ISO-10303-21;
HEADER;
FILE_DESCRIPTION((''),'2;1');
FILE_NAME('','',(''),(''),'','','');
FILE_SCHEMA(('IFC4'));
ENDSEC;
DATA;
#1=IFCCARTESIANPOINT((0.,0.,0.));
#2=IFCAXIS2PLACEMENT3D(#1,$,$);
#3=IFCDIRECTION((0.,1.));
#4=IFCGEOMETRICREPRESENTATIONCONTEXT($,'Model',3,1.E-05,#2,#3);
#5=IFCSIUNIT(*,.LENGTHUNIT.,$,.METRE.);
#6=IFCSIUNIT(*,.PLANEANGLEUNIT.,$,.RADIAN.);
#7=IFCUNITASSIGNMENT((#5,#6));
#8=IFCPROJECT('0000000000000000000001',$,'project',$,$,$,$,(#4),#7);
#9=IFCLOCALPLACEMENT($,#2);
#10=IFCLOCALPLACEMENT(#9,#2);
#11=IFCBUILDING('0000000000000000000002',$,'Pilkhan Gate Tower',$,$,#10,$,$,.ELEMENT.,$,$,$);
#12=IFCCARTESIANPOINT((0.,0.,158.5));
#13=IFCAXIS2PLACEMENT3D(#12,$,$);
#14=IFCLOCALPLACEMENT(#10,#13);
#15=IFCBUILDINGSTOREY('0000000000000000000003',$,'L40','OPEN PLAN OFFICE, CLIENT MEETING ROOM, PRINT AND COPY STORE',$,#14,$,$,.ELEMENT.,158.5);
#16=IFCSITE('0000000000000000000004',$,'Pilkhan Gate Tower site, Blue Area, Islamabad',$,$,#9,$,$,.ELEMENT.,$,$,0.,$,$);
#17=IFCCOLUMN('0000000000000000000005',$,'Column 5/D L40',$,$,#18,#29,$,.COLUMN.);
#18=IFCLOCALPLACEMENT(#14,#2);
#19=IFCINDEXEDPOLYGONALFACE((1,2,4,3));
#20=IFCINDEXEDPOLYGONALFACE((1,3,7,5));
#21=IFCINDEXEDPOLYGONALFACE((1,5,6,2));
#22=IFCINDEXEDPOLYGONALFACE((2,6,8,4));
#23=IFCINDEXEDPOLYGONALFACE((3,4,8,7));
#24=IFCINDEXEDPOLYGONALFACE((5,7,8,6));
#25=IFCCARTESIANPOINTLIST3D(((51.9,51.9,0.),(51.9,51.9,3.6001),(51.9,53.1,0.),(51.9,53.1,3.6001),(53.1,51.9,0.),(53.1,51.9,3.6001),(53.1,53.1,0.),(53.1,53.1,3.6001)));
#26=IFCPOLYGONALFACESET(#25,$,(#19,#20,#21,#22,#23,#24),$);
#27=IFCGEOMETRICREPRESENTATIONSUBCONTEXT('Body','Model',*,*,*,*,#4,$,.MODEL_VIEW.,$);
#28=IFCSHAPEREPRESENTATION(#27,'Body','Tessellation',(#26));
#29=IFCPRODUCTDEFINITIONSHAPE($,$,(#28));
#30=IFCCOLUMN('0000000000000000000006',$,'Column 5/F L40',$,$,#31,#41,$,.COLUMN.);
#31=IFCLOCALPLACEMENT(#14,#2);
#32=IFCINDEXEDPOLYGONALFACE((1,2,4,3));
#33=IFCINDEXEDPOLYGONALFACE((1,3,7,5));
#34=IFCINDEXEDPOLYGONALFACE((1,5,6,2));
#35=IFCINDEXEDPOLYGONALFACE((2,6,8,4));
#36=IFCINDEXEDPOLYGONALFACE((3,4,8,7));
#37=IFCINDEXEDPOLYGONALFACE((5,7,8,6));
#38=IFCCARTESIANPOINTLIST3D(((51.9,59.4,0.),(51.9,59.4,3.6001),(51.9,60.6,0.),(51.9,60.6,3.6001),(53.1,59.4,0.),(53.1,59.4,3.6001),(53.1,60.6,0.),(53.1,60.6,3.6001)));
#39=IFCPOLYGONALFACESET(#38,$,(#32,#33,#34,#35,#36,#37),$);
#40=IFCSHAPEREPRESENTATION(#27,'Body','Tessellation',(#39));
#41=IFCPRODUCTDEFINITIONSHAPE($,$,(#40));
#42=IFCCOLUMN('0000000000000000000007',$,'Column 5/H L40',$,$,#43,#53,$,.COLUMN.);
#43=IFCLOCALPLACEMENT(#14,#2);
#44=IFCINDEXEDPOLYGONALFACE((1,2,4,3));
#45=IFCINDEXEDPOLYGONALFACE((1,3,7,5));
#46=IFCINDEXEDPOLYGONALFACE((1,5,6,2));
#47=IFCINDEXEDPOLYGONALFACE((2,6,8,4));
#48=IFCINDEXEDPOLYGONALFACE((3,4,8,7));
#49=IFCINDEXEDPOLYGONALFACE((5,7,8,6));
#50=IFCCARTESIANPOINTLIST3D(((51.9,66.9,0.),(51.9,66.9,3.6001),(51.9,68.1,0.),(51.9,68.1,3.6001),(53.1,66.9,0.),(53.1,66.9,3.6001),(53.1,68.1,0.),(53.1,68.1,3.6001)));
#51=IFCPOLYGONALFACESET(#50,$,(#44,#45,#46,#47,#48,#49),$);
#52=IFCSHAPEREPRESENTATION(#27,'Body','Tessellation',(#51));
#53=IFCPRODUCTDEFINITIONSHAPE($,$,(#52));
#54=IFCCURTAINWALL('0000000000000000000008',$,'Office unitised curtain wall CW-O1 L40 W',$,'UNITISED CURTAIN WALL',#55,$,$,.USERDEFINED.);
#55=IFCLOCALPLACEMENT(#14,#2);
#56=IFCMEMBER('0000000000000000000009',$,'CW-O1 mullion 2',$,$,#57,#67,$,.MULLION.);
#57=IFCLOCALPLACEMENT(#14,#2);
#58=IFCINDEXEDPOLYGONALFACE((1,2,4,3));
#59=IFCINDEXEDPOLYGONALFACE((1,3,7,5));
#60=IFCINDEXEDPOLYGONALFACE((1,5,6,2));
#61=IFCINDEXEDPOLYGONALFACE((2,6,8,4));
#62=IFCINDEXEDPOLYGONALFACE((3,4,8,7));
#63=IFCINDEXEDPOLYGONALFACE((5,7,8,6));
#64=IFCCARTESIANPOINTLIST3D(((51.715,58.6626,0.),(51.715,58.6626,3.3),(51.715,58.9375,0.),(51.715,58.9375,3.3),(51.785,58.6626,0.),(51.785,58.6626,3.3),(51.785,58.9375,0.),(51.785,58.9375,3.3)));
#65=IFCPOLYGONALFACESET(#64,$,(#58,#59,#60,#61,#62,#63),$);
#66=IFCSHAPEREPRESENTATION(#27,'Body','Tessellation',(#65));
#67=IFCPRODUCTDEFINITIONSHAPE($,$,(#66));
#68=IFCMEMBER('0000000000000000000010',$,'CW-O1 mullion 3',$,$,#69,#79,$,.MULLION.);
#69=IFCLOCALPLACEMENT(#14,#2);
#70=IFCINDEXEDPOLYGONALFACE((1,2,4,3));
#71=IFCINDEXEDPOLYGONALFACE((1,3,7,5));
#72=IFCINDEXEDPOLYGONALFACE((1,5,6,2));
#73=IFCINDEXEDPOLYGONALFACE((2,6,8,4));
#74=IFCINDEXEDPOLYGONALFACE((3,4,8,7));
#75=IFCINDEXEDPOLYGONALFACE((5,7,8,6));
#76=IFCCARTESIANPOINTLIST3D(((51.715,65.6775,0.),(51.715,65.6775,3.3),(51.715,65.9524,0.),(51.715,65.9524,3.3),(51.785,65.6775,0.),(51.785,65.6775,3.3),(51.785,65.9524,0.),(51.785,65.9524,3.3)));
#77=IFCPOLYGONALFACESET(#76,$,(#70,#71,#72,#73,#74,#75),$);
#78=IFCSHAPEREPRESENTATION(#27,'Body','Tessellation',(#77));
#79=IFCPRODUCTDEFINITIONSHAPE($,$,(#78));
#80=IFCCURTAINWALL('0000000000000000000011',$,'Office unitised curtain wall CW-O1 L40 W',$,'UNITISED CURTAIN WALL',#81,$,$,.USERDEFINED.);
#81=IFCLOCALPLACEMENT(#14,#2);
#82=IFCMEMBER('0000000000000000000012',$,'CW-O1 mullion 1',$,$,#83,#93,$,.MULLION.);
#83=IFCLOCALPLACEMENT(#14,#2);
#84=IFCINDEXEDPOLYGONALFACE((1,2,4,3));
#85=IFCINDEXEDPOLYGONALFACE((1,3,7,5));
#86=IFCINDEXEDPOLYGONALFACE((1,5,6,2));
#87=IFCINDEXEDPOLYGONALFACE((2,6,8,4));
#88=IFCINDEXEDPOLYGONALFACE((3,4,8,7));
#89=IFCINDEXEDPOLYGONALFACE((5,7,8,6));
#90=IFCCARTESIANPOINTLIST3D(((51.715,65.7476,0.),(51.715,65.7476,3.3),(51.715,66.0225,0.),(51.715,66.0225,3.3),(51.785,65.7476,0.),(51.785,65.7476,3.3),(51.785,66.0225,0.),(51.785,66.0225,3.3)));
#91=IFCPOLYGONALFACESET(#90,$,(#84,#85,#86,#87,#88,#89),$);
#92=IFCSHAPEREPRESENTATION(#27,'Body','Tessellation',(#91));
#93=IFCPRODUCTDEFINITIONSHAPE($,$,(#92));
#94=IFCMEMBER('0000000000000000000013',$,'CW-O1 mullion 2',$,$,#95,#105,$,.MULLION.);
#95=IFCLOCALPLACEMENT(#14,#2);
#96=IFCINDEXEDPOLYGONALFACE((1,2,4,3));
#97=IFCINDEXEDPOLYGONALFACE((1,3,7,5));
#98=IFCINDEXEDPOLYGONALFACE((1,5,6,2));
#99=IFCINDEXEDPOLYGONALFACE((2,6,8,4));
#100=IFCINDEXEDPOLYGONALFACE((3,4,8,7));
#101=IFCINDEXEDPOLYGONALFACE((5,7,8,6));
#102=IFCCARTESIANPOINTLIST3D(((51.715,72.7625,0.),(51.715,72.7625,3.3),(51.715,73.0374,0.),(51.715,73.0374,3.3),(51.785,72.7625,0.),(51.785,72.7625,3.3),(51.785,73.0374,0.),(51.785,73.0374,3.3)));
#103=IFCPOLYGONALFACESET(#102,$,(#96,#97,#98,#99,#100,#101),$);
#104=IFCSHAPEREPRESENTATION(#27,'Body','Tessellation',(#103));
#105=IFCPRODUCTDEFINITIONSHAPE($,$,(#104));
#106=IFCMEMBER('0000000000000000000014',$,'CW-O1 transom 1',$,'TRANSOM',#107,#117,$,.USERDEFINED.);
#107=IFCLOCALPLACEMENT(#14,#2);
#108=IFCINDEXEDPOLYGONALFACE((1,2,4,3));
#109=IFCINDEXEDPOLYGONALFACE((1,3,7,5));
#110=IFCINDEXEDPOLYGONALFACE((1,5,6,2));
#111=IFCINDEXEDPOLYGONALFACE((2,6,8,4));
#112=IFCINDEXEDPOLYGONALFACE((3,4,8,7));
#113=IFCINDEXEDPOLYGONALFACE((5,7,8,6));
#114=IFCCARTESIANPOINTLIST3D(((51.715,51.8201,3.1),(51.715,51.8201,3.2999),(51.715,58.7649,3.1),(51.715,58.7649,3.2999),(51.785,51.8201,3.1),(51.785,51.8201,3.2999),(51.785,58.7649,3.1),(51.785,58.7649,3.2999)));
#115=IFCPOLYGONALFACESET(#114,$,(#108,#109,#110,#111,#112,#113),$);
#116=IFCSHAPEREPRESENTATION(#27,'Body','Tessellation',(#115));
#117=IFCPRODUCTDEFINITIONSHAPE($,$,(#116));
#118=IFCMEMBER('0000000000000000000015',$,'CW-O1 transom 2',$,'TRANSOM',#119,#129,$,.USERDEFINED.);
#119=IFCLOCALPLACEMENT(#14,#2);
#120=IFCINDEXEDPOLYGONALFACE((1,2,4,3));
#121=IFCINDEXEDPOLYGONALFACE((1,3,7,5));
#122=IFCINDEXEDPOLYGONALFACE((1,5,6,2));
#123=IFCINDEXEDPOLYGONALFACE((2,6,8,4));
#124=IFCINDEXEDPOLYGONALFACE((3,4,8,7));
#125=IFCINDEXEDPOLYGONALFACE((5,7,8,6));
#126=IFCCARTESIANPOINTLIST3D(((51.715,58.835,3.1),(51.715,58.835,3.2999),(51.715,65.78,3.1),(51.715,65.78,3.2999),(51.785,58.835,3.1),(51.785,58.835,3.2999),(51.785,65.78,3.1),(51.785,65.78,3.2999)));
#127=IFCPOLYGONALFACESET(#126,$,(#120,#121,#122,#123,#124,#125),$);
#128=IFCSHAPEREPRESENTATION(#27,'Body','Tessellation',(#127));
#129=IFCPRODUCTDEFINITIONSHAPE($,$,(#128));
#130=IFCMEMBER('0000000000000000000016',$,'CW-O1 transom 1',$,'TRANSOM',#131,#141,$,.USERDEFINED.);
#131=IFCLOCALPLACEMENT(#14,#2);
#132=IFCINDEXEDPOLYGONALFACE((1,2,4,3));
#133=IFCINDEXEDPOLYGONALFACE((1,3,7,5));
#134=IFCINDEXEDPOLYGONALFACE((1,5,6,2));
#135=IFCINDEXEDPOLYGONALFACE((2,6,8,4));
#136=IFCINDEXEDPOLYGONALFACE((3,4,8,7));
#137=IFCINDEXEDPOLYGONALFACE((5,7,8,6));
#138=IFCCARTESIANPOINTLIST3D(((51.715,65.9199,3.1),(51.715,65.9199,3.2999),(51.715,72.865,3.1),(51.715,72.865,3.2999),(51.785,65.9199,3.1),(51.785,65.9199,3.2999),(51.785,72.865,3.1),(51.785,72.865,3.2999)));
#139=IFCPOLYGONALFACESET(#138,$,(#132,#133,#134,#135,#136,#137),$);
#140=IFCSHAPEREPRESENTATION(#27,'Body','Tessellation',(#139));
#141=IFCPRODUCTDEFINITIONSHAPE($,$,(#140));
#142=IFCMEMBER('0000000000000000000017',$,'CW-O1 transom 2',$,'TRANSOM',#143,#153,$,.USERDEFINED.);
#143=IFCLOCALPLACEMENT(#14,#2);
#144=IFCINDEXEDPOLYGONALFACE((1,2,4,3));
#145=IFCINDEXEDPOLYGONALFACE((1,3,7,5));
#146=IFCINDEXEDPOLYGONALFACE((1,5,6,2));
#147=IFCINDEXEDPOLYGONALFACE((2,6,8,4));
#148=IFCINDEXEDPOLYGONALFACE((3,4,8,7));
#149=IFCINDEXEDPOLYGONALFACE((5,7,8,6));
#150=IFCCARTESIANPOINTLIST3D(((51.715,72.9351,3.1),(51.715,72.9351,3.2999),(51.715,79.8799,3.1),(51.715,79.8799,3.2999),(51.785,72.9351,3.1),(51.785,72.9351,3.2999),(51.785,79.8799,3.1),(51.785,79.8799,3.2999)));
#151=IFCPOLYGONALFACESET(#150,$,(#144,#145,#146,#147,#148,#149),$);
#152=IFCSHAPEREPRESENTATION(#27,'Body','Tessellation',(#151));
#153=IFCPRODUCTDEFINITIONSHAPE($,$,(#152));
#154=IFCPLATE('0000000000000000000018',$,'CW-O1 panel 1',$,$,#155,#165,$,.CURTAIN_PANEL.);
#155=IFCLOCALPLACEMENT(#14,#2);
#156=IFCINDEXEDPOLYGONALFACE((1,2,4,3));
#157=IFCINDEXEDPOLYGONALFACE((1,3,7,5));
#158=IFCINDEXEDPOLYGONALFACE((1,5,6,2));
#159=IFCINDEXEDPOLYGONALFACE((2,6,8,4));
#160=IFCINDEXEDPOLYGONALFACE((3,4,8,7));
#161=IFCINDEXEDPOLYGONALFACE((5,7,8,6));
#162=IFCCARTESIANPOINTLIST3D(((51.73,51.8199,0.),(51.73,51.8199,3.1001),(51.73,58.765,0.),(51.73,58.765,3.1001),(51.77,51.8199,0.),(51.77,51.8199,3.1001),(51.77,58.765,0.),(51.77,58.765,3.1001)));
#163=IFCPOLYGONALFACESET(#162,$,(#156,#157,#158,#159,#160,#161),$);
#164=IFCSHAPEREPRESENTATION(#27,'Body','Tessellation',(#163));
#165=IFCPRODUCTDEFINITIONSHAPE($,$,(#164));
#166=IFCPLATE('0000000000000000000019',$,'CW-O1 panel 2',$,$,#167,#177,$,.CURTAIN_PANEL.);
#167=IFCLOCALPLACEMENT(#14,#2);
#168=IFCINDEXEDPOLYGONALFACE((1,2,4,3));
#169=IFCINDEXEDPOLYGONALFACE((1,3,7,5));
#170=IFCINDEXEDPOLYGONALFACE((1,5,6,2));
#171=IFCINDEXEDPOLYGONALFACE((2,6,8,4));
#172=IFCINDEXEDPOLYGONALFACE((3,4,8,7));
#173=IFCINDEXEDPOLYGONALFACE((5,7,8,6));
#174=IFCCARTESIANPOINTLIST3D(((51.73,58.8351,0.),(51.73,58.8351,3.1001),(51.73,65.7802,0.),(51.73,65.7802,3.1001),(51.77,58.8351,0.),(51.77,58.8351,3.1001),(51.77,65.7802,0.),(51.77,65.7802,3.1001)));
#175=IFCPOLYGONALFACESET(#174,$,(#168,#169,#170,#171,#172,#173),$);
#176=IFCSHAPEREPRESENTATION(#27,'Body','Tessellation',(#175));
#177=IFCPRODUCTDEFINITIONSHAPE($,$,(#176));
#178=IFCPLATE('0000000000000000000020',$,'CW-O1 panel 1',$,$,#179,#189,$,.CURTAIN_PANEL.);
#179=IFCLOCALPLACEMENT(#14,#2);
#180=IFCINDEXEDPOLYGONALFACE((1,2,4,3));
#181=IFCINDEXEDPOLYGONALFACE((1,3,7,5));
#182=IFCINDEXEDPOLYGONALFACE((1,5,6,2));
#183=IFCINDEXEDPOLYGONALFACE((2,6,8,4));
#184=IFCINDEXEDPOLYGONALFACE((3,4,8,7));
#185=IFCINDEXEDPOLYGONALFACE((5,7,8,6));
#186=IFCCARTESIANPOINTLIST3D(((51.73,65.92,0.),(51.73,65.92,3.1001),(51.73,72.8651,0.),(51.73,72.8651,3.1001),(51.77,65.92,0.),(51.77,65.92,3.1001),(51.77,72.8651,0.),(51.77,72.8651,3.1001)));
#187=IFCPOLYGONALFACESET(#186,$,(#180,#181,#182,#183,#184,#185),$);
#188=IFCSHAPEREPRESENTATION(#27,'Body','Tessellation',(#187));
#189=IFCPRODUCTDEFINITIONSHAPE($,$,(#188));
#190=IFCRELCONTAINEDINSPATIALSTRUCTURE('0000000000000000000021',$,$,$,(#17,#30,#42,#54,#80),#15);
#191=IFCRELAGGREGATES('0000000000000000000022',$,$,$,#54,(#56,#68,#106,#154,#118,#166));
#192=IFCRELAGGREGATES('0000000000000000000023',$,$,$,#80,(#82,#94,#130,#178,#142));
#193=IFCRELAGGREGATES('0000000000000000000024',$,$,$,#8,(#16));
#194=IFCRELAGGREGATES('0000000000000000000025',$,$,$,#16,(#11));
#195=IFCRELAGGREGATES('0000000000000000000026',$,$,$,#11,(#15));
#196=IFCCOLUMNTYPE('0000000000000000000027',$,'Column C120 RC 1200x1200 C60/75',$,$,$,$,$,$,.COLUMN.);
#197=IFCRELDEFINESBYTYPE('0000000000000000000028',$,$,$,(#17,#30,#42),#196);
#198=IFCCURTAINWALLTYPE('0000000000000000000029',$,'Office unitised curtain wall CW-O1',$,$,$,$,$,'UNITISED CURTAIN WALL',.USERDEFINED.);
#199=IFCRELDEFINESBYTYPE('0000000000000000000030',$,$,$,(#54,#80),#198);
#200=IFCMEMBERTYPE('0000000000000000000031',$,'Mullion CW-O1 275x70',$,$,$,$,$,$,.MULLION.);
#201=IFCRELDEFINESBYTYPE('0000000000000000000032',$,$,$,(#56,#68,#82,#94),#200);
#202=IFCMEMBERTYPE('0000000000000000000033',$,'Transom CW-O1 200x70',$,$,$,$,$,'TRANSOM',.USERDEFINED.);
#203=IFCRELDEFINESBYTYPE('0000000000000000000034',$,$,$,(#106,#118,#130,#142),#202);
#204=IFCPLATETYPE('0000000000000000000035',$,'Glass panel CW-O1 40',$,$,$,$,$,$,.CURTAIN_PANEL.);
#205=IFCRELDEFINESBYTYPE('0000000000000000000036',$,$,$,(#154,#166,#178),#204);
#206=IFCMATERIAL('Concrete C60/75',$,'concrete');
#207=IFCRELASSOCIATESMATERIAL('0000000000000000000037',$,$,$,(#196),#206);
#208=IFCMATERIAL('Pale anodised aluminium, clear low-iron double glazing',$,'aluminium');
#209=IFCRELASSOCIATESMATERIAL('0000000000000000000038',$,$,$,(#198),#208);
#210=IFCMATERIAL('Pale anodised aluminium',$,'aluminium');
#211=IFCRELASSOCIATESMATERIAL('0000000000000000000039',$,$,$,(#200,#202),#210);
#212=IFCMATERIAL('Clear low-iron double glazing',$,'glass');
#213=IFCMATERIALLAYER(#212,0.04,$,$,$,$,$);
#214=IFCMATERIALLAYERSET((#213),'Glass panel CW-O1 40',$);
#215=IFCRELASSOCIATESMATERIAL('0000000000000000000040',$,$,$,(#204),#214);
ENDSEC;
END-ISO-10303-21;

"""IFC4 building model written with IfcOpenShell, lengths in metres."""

from ifc_helpers import new_model, si_unit, direction, frame, origin, origin_2d, place, context, subcontext, project, spatial, rectangle, extrude, material, layer, layer_set, material_profile, profile_set, type_object, element, aggregate, save


model = new_model("IFC4")

# Units and contexts
model_context = context("Model", 3, precision=1e-05, world=origin(), true_north=direction((0.0, 1.0)))
body_context = subcontext(model_context, "Body", "Model", "MODEL_VIEW")
ifc_project = project(units=[si_unit("LENGTHUNIT", "METRE"), si_unit("PLANEANGLEUNIT", "RADIAN")], contexts=[model_context])

# Site, building, storey
site_placement = place(None, origin())
site = spatial("IfcSite", under=ifc_project, at=site_placement, Name="Pilkhan Gate Tower site, Blue Area, Islamabad", CompositionType="ELEMENT", RefElevation=0.0)
building_placement = place(site_placement, origin())
building = spatial("IfcBuilding", under=site, at=building_placement, Name="Pilkhan Gate Tower", CompositionType="ELEMENT")
storey_placement = place(building_placement, frame((0.0, 0.0, 158.5)))
storey = spatial("IfcBuildingStorey", under=building, at=storey_placement, Name="L40", Description="OPEN PLAN OFFICE, CLIENT MEETING ROOM, PRINT AND COPY STORE", CompositionType="ELEMENT", Elevation=158.5)

# Columns
ifc_material_1 = material(Name="Concrete C60/75", Category="concrete")
ifc_material_profile_1 = material_profile(ifc_material_1, rectangle(XDim=1.2, YDim=1.2, at=origin_2d()), Name="RC 1200x1200")
ifc_profile_set_1 = profile_set([ifc_material_profile_1], Name="Concrete C60/75")
column_type = type_object("IfcColumnType", Name="Column C120 RC 1200x1200 C60/75", PredefinedType="COLUMN", material=ifc_profile_set_1)
for number, where, z_axis, x_axis, name in (
    (1, (52.5, 52.5, 0.0), (0.0, 0.0, 1.0), (1.0, 0.0, 0.0), "Column 5/D L40"),
    (2, (52.5, 60.0, 0.0), (0.0, 0.0, 1.0), (1.0, 0.0, 0.0), "Column 5/F L40"),
    (3, (52.5, 67.5, 0.0), (0.0, 0.0, 1.0), (1.0, 0.0, 0.0), "Column 5/H L40"),
):
    element("IfcColumn", number, at=place(storey_placement, frame(where, z_axis=z_axis, x_axis=x_axis)), inside=storey, type_object=column_type, Name=name, PredefinedType="COLUMN", context=body_context, shape_type="SweptSolid", body=[
        extrude(rectangle(XDim=1.2, YDim=1.2, at=origin_2d()), origin(), (0.0, 0.0, 1.0), 3.6001),
    ])

# Curtain walls, members
ifc_material_2 = material(Name="Pale anodised aluminium, clear low-iron double glazing", Category="aluminium")
curtain_wall_type = type_object("IfcCurtainWallType", Name="Office unitised curtain wall CW-O1", ElementType="UNITISED CURTAIN WALL", PredefinedType="USERDEFINED", material=ifc_material_2)
curtain_wall_1_placement = place(storey_placement, origin())
curtain_wall_1 = element("IfcCurtainWall", 4, at=curtain_wall_1_placement, inside=storey, type_object=curtain_wall_type, Name="Office unitised curtain wall CW-O1 L40 W", ObjectType="UNITISED CURTAIN WALL", PredefinedType="USERDEFINED")
ifc_material_3 = material(Name="Pale anodised aluminium", Category="aluminium")
ifc_material_profile_2 = material_profile(ifc_material_3, rectangle(XDim=0.0701, YDim=0.2749, at=origin_2d()), Name="Mullion 275x70")
ifc_profile_set_2 = profile_set([ifc_material_profile_2], Name="Pale anodised aluminium")
member_type_1 = type_object("IfcMemberType", Name="Mullion CW-O1 275x70", PredefinedType="MULLION", material=ifc_profile_set_2)
member_1_placement = place(storey_placement, frame((51.75, 58.8, 0.0), z_axis=(0.0, 0.0, 1.0), x_axis=(-1.0, 0.0, 0.0)))
member_1 = element("IfcMember", 5, at=member_1_placement, type_object=member_type_1, Name="CW-O1 mullion 2", PredefinedType="MULLION", context=body_context, shape_type="SweptSolid", body=[
    extrude(rectangle(XDim=0.0701, YDim=0.2749, at=origin_2d()), origin(), (0.0, 0.0, 1.0), 3.3),
])
member_2_placement = place(storey_placement, frame((51.75, 65.8149, 0.0), z_axis=(0.0, 0.0, 1.0), x_axis=(-1.0, 0.0, 0.0)))
member_2 = element("IfcMember", 6, at=member_2_placement, type_object=member_type_1, Name="CW-O1 mullion 3", PredefinedType="MULLION", context=body_context, shape_type="SweptSolid", body=[
    extrude(rectangle(XDim=0.0701, YDim=0.2749, at=origin_2d()), origin(), (0.0, 0.0, 1.0), 3.3),
])
curtain_wall_2_placement = place(storey_placement, origin())
curtain_wall_2 = element("IfcCurtainWall", 7, at=curtain_wall_2_placement, inside=storey, type_object=curtain_wall_type, Name="Office unitised curtain wall CW-O1 L40 W", ObjectType="UNITISED CURTAIN WALL", PredefinedType="USERDEFINED")
member_3_placement = place(storey_placement, frame((51.75, 65.885, 0.0), z_axis=(0.0, 0.0, 1.0), x_axis=(-1.0, 0.0, 0.0)))
member_3 = element("IfcMember", 8, at=member_3_placement, type_object=member_type_1, Name="CW-O1 mullion 1", PredefinedType="MULLION", context=body_context, shape_type="SweptSolid", body=[
    extrude(rectangle(XDim=0.0701, YDim=0.2749, at=origin_2d()), origin(), (0.0, 0.0, 1.0), 3.3),
])
member_4_placement = place(storey_placement, frame((51.75, 72.8999, 0.0), z_axis=(0.0, 0.0, 1.0), x_axis=(-1.0, 0.0, 0.0)))
member_4 = element("IfcMember", 9, at=member_4_placement, type_object=member_type_1, Name="CW-O1 mullion 2", PredefinedType="MULLION", context=body_context, shape_type="SweptSolid", body=[
    extrude(rectangle(XDim=0.0701, YDim=0.2749, at=origin_2d()), origin(), (0.0, 0.0, 1.0), 3.3),
])

# Members
ifc_material_profile_3 = material_profile(ifc_material_3, rectangle(XDim=0.0701, YDim=0.2, at=origin_2d()), Name="Transom 200x70")
ifc_profile_set_3 = profile_set([ifc_material_profile_3], Name="Pale anodised aluminium")
member_type_2 = type_object("IfcMemberType", Name="Transom CW-O1 200x70", ElementType="TRANSOM", PredefinedType="USERDEFINED", material=ifc_profile_set_3)
member_5_placement = place(storey_placement, frame((51.75, 51.8201, 3.2), z_axis=(0.0, 1.0, 0.0), x_axis=(-1.0, 0.0, 0.0)))
member_5 = element("IfcMember", 10, at=member_5_placement, type_object=member_type_2, Name="CW-O1 transom 1", ObjectType="TRANSOM", PredefinedType="USERDEFINED", context=body_context, shape_type="SweptSolid", body=[
    extrude(rectangle(XDim=0.0701, YDim=0.2, at=origin_2d()), origin(), (0.0, 0.0, 1.0), 6.9448),
])
member_6_placement = place(storey_placement, frame((51.75, 58.835, 3.2), z_axis=(0.0, 1.0, 0.0), x_axis=(-1.0, 0.0, 0.0)))
member_6 = element("IfcMember", 11, at=member_6_placement, type_object=member_type_2, Name="CW-O1 transom 2", ObjectType="TRANSOM", PredefinedType="USERDEFINED", context=body_context, shape_type="SweptSolid", body=[
    extrude(rectangle(XDim=0.0701, YDim=0.2, at=origin_2d()), origin(), (0.0, 0.0, 1.0), 6.9451),
])
member_7_placement = place(storey_placement, frame((51.75, 65.9199, 3.2), z_axis=(0.0, 1.0, 0.0), x_axis=(-1.0, 0.0, 0.0)))
member_7 = element("IfcMember", 12, at=member_7_placement, type_object=member_type_2, Name="CW-O1 transom 1", ObjectType="TRANSOM", PredefinedType="USERDEFINED", context=body_context, shape_type="SweptSolid", body=[
    extrude(rectangle(XDim=0.0701, YDim=0.2, at=origin_2d()), origin(), (0.0, 0.0, 1.0), 6.9451),
])
member_8_placement = place(storey_placement, frame((51.75, 72.9351, 3.2), z_axis=(0.0, 1.0, 0.0), x_axis=(-1.0, 0.0, 0.0)))
member_8 = element("IfcMember", 13, at=member_8_placement, type_object=member_type_2, Name="CW-O1 transom 2", ObjectType="TRANSOM", PredefinedType="USERDEFINED", context=body_context, shape_type="SweptSolid", body=[
    extrude(rectangle(XDim=0.0701, YDim=0.2, at=origin_2d()), origin(), (0.0, 0.0, 1.0), 6.9448),
])

# Plates
ifc_material_4 = material(Name="Clear low-iron double glazing", Category="glass")
ifc_layer_1 = layer(ifc_material_4, 0.04)
ifc_layer_set_1 = layer_set([ifc_layer_1], Name="Glass panel CW-O1 40")
plate_type = type_object("IfcPlateType", Name="Glass panel CW-O1 40", PredefinedType="CURTAIN_PANEL", material=ifc_layer_set_1)
plate_1_placement = place(storey_placement, frame((51.75, 55.2925, 0.0), z_axis=(0.0, 0.0, 1.0), x_axis=(0.0, 1.0, 0.0)))
plate_1 = element("IfcPlate", 14, at=plate_1_placement, type_object=plate_type, Name="CW-O1 panel 1", PredefinedType="CURTAIN_PANEL", context=body_context, shape_type="SweptSolid", body=[
    extrude(rectangle(XDim=6.9451, YDim=0.04, at=origin_2d()), origin(), (0.0, 0.0, 1.0), 3.1001),
])
plate_2_placement = place(storey_placement, frame((51.75, 62.3076, 0.0), z_axis=(0.0, 0.0, 1.0), x_axis=(0.0, 1.0, 0.0)))
plate_2 = element("IfcPlate", 15, at=plate_2_placement, type_object=plate_type, Name="CW-O1 panel 2", PredefinedType="CURTAIN_PANEL", context=body_context, shape_type="SweptSolid", body=[
    extrude(rectangle(XDim=6.9451, YDim=0.04, at=origin_2d()), origin(), (0.0, 0.0, 1.0), 3.1001),
])
aggregate(curtain_wall_1, [member_1, member_2, member_5, plate_1, member_6, plate_2])
plate_3_placement = place(storey_placement, frame((51.75, 69.3926, 0.0), z_axis=(0.0, 0.0, 1.0), x_axis=(0.0, 1.0, 0.0)))
plate_3 = element("IfcPlate", 16, at=plate_3_placement, type_object=plate_type, Name="CW-O1 panel 1", PredefinedType="CURTAIN_PANEL", context=body_context, shape_type="SweptSolid", body=[
    extrude(rectangle(XDim=6.9451, YDim=0.04, at=origin_2d()), origin(), (0.0, 0.0, 1.0), 3.1001),
])
aggregate(curtain_wall_2, [member_3, member_4, member_7, plate_3, member_8])

save(model, "model.ifc")
